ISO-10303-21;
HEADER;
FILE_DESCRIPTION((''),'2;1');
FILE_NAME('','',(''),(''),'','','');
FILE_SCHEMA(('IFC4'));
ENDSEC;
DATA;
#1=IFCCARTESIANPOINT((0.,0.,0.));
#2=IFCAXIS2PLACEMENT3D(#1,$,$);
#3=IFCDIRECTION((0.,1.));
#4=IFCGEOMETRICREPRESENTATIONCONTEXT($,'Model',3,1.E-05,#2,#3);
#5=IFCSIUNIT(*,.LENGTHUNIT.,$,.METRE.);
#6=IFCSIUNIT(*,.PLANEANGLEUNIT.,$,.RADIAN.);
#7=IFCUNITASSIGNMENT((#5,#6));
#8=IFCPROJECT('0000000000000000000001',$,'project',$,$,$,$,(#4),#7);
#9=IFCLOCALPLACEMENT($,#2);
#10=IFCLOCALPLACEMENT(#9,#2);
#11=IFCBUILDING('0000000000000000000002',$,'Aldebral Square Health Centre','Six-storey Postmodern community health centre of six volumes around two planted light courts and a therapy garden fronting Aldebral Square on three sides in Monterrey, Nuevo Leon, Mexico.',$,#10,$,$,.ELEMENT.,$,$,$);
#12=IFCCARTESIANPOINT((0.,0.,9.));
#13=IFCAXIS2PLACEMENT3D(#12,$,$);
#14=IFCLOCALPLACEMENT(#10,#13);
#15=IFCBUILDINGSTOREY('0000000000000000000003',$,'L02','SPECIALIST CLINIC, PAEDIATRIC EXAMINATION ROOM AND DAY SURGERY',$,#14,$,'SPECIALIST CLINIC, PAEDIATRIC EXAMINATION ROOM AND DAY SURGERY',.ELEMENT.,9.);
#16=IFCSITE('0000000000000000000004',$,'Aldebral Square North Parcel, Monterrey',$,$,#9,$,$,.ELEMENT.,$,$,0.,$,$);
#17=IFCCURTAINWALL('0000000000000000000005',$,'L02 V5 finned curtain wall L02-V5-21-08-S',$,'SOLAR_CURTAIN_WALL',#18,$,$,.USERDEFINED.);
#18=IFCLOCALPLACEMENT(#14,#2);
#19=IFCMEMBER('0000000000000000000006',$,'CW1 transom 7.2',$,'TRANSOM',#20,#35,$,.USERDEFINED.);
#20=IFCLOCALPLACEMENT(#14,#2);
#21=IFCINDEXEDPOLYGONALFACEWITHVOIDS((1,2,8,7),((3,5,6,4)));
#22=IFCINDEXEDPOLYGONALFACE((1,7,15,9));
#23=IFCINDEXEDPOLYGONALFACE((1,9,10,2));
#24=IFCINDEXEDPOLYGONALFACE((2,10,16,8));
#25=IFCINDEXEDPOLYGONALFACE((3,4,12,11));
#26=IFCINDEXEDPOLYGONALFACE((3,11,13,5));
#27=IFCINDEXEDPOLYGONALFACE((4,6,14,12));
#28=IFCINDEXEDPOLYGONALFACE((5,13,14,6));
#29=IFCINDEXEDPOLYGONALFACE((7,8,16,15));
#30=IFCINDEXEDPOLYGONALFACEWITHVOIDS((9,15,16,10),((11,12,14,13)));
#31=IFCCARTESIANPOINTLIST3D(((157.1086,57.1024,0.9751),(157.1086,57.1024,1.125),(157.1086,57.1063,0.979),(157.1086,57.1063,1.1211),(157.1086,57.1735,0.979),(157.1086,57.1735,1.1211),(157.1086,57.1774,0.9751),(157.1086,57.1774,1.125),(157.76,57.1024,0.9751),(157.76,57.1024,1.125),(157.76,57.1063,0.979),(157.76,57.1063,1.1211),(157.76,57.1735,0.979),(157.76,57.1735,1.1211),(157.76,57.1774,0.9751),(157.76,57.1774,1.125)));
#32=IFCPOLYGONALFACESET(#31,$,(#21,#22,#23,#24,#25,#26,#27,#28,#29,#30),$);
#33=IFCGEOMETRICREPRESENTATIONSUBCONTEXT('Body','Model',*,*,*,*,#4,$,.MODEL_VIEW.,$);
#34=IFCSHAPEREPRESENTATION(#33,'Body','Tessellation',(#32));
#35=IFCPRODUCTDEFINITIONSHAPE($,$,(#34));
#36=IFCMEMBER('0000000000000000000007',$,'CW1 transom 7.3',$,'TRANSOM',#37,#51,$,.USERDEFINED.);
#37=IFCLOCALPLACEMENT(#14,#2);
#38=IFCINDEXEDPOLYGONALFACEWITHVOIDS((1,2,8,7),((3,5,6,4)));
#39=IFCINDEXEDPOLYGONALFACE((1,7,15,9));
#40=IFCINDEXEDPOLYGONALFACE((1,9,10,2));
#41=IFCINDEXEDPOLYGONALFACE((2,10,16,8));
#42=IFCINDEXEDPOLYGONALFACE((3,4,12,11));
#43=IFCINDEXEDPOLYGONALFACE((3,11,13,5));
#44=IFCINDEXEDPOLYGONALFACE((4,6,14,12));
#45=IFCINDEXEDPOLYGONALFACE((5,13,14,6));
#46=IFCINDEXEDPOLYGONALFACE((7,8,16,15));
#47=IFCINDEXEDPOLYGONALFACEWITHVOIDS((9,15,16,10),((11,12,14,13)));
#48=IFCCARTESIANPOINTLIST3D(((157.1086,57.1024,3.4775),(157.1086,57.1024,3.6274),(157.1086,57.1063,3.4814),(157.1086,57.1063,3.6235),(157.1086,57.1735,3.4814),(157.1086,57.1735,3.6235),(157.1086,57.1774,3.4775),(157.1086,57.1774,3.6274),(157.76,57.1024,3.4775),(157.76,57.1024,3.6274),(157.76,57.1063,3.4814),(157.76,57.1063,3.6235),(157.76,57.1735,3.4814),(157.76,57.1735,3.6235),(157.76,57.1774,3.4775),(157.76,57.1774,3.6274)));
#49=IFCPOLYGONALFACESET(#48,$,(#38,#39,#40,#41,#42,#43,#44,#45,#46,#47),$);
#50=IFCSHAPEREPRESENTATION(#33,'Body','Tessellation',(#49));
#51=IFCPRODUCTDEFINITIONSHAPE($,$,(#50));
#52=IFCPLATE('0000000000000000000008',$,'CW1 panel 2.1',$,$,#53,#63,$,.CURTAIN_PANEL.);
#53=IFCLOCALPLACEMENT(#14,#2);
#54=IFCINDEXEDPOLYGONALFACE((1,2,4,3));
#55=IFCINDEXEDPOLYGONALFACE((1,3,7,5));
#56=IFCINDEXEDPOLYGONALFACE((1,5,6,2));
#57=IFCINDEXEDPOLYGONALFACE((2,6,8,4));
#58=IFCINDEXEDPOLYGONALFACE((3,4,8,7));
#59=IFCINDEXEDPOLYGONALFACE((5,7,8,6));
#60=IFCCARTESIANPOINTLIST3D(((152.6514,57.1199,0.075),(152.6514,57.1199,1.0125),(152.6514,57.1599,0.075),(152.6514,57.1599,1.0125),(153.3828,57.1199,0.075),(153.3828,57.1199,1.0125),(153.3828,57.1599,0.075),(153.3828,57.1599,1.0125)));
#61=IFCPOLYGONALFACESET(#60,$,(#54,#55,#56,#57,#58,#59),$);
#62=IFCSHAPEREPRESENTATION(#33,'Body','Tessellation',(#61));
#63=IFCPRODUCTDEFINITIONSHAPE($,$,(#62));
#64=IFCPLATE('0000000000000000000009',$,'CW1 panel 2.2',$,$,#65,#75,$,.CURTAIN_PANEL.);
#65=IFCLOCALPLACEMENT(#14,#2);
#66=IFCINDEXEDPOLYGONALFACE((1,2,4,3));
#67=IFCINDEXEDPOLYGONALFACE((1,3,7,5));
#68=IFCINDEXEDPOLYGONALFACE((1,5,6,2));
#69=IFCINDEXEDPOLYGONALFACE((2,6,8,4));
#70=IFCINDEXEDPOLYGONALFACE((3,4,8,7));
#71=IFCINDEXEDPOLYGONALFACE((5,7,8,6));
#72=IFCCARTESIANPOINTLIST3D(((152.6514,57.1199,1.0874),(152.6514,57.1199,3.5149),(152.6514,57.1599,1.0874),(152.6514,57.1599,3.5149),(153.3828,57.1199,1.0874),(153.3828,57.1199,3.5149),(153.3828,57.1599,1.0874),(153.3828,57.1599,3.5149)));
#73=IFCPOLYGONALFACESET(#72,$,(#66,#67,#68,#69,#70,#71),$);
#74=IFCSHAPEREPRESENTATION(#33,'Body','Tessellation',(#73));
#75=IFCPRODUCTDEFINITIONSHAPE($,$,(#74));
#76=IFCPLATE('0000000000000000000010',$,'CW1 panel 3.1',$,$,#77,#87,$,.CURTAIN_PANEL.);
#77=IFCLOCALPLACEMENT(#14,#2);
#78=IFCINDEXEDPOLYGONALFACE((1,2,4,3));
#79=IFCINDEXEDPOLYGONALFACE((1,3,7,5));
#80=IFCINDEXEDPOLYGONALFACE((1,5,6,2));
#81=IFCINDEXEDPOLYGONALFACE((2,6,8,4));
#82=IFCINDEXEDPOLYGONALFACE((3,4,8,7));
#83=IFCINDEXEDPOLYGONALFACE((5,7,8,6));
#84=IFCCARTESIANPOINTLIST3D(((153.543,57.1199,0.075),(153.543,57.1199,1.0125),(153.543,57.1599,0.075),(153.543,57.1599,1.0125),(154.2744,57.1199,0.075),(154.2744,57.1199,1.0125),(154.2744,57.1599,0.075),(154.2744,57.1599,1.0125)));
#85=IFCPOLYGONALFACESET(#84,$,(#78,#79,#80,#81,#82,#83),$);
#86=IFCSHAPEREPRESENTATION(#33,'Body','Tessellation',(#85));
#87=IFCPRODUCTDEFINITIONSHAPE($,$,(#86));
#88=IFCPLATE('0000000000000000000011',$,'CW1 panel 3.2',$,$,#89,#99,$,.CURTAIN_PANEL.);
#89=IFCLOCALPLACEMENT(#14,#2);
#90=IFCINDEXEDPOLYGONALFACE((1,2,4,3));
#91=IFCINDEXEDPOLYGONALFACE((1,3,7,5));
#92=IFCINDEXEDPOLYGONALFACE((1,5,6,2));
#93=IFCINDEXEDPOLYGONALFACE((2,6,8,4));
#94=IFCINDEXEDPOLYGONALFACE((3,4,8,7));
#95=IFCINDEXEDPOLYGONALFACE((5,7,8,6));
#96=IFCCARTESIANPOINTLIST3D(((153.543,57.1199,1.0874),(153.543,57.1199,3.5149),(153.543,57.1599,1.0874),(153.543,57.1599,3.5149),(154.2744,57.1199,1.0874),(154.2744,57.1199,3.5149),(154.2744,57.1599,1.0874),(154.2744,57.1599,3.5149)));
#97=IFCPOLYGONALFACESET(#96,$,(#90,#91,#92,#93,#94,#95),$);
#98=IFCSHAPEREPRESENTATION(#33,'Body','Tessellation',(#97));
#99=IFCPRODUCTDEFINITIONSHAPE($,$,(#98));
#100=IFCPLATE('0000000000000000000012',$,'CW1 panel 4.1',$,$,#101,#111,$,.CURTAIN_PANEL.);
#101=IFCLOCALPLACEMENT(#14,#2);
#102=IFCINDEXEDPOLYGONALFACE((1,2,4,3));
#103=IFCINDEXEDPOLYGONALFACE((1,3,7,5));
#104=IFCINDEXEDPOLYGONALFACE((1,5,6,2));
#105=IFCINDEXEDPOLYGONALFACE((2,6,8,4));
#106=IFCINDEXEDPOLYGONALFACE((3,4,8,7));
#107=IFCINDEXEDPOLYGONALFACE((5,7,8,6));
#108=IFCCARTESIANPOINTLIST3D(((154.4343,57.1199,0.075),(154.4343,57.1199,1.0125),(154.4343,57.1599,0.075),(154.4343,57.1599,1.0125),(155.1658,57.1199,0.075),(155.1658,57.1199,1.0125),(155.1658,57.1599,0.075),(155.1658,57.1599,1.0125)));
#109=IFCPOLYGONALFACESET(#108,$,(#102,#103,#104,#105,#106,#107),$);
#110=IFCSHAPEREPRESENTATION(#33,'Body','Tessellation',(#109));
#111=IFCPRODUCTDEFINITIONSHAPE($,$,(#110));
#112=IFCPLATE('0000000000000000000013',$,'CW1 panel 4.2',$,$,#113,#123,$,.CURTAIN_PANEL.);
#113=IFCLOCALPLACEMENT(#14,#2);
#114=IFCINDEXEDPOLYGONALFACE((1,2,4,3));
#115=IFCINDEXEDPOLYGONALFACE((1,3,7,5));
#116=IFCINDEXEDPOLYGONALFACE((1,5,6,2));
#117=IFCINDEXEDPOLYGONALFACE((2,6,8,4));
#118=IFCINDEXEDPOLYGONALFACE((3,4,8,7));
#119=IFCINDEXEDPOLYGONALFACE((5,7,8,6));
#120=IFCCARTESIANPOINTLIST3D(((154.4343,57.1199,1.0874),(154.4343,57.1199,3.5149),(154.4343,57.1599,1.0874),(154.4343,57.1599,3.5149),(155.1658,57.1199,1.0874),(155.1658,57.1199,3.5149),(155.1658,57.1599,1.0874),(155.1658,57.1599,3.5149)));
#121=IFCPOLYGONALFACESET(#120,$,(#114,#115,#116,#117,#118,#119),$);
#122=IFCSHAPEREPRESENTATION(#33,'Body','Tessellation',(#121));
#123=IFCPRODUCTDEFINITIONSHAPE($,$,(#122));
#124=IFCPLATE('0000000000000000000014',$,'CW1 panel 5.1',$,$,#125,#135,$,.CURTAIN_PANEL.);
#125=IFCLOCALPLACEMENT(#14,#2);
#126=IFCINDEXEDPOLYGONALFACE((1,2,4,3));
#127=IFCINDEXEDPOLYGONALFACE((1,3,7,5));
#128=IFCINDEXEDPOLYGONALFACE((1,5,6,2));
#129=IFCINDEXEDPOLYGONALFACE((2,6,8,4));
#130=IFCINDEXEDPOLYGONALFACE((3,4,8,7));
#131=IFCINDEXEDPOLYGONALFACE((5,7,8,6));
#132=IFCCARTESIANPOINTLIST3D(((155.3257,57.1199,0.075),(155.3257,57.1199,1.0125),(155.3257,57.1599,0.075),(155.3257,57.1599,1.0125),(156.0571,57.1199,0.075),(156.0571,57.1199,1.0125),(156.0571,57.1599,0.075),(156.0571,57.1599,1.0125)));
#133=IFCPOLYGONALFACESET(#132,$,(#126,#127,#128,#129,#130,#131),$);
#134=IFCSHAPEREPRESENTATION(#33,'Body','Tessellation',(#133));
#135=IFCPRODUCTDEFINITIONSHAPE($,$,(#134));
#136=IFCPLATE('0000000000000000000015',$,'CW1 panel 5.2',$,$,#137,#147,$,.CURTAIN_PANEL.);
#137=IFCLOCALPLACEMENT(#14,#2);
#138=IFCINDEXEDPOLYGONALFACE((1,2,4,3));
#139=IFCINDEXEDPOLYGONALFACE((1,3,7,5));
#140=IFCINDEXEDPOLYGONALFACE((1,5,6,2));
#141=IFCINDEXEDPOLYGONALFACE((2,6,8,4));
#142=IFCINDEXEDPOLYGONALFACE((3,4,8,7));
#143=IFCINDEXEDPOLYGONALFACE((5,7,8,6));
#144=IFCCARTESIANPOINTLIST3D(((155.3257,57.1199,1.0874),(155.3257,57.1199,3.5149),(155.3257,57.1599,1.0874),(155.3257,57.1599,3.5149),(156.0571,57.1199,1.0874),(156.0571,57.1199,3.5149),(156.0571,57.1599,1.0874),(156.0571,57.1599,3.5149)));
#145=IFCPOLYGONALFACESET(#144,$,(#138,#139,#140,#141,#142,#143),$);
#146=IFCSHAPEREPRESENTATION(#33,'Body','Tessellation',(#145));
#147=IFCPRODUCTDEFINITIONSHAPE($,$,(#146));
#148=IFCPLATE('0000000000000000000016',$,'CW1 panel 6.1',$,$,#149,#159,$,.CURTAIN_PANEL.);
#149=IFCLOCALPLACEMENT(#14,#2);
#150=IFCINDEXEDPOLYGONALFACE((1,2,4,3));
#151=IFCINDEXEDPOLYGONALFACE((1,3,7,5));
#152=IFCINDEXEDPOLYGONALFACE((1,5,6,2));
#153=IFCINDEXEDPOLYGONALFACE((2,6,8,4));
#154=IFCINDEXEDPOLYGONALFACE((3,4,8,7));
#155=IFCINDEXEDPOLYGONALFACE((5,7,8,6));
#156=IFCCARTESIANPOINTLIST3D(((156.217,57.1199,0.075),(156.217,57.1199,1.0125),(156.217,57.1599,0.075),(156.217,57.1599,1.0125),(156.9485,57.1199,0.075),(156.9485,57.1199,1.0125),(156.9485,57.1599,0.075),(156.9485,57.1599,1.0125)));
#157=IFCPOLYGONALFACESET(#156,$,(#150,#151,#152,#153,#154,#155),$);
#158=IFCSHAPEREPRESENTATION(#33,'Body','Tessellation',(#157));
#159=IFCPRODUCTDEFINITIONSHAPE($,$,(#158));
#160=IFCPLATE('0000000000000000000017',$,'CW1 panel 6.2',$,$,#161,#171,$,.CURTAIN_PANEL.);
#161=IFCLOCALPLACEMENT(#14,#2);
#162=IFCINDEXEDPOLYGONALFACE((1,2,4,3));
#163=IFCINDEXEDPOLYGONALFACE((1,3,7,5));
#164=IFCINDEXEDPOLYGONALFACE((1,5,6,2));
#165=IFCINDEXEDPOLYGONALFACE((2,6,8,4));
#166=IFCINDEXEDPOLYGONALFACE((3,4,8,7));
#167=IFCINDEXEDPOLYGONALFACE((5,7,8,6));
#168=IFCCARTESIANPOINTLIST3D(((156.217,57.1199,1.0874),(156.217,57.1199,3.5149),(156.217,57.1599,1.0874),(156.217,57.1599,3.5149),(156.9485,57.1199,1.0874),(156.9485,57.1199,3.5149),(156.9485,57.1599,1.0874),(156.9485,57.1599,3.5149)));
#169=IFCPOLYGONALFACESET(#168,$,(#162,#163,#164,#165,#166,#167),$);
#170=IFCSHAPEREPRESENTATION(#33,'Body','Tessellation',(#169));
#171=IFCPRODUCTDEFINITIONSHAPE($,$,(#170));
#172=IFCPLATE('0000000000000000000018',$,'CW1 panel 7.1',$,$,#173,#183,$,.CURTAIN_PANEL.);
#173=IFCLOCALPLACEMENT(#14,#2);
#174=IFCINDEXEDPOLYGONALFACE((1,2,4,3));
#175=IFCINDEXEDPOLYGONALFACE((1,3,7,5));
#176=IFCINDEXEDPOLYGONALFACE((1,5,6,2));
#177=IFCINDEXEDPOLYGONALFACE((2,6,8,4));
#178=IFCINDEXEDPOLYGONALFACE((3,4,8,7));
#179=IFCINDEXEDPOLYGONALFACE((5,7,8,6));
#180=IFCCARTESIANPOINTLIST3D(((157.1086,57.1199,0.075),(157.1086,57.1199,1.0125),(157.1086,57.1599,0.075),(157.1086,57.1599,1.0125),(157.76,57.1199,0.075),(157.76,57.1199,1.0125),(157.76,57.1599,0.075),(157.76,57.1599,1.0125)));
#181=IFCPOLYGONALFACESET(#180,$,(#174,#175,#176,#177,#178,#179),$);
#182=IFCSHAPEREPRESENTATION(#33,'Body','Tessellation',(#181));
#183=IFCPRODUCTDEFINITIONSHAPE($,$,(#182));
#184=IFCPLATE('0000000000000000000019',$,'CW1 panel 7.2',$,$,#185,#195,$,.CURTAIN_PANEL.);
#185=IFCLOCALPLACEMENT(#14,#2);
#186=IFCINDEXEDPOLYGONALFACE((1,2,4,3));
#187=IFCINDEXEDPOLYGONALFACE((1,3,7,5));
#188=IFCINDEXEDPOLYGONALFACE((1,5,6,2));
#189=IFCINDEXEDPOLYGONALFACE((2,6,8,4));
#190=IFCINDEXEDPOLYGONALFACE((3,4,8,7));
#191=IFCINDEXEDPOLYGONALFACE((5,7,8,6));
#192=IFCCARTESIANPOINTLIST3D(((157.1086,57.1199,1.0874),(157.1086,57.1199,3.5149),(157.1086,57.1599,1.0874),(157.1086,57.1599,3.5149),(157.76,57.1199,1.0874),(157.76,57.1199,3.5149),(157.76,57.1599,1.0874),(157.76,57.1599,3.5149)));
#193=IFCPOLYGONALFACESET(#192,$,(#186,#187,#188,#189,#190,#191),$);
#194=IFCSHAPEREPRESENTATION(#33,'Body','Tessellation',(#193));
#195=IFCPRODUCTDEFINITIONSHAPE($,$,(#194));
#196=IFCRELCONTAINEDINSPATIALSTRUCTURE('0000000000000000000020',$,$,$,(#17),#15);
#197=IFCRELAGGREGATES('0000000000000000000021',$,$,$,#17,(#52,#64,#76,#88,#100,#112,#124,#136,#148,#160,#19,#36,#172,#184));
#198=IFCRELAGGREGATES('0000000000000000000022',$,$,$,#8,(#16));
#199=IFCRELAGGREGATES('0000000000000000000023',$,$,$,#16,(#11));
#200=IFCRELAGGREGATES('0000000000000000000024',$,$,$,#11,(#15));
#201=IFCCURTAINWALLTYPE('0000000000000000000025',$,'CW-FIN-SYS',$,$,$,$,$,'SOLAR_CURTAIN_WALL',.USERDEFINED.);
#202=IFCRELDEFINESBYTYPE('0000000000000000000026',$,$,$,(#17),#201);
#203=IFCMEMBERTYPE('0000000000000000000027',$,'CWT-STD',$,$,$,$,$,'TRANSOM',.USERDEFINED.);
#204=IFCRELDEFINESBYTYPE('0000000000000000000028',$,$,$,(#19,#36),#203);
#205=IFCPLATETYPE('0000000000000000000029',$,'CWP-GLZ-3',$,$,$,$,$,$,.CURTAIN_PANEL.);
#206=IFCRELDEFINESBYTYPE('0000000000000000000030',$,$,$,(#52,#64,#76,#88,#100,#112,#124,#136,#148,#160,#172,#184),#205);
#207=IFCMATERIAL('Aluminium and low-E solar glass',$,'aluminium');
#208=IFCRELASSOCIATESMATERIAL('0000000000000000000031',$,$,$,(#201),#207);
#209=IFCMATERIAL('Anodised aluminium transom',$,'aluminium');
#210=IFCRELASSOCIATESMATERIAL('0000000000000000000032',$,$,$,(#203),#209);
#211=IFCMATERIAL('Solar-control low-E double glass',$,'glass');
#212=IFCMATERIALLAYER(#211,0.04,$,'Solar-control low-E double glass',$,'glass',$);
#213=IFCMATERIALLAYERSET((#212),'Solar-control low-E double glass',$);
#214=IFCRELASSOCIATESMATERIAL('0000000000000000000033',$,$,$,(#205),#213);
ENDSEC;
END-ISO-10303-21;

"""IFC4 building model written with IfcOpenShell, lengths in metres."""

from ifc_helpers import new_model, si_unit, direction, frame, origin, origin_2d, place, context, subcontext, project, spatial, rectangle, hollow_rectangle, extrude, material, layer, layer_set, material_profile, profile_set, type_object, element, aggregate, save


model = new_model("IFC4")

# Units and contexts
model_context = context("Model", 3, precision=1e-05, world=origin(), true_north=direction((0.0, 1.0)))
body_context = subcontext(model_context, "Body", "Model", "MODEL_VIEW")
ifc_project = project(units=[si_unit("LENGTHUNIT", "METRE"), si_unit("PLANEANGLEUNIT", "RADIAN")], contexts=[model_context])

# Site, building, storey
site_placement = place(None, origin())
site = spatial("IfcSite", under=ifc_project, at=site_placement, Name="Aldebral Square North Parcel, Monterrey", CompositionType="ELEMENT", RefElevation=0.0)
building_placement = place(site_placement, origin())
building = spatial("IfcBuilding", under=site, at=building_placement, Name="Aldebral Square Health Centre", Description="Six-storey Postmodern community health centre of six volumes around two planted light courts and a therapy garden fronting Aldebral Square on three sides in Monterrey, Nuevo Leon, Mexico.", CompositionType="ELEMENT")
storey_placement = place(building_placement, frame((0.0, 0.0, 9.0)))
storey = spatial("IfcBuildingStorey", under=building, at=storey_placement, Name="L02", Description="SPECIALIST CLINIC, PAEDIATRIC EXAMINATION ROOM AND DAY SURGERY", LongName="SPECIALIST CLINIC, PAEDIATRIC EXAMINATION ROOM AND DAY SURGERY", CompositionType="ELEMENT", Elevation=9.0)

# Curtain wall, members, plates
ifc_material_1 = material(Name="Aluminium and low-E solar glass", Category="aluminium")
curtain_wall_type = type_object("IfcCurtainWallType", Name="CW-FIN-SYS", ElementType="SOLAR_CURTAIN_WALL", PredefinedType="USERDEFINED", material=ifc_material_1)
curtain_wall_placement = place(storey_placement, origin())
curtain_wall = element("IfcCurtainWall", 1, at=curtain_wall_placement, inside=storey, type_object=curtain_wall_type, Name="L02 V5 finned curtain wall L02-V5-21-08-S", ObjectType="SOLAR_CURTAIN_WALL", PredefinedType="USERDEFINED")
ifc_material_2 = material(Name="Anodised aluminium transom", Category="aluminium")
ifc_material_profile_1 = material_profile(ifc_material_2, hollow_rectangle(XDim=0.075, YDim=0.1499, WallThickness=0.0039, at=origin_2d()), Name="CWT 75x150x4")
ifc_profile_set_1 = profile_set([ifc_material_profile_1], Name="Anodised aluminium transom")
member_type_1 = type_object("IfcMemberType", Name="CWT-STD", ElementType="TRANSOM", PredefinedType="USERDEFINED", material=ifc_profile_set_1)
member_1_placement = place(storey_placement, frame((157.1086, 57.1399, 1.05), z_axis=(1.0, 0.0, 0.0), x_axis=(0.0, 1.0, 0.0)))
member_1 = element("IfcMember", 2, at=member_1_placement, type_object=member_type_1, Name="CW1 transom 7.2", ObjectType="TRANSOM", PredefinedType="USERDEFINED", context=body_context, shape_type="SweptSolid", body=[
    extrude(hollow_rectangle(XDim=0.075, YDim=0.1499, WallThickness=0.0039, at=origin_2d()), origin(), (0.0, 0.0, 1.0), 0.6514),
])
member_2_placement = place(storey_placement, frame((157.1086, 57.1399, 3.5525), z_axis=(1.0, 0.0, 0.0), x_axis=(0.0, 1.0, 0.0)))
member_2 = element("IfcMember", 3, at=member_2_placement, type_object=member_type_1, Name="CW1 transom 7.3", ObjectType="TRANSOM", PredefinedType="USERDEFINED", context=body_context, shape_type="SweptSolid", body=[
    extrude(hollow_rectangle(XDim=0.075, YDim=0.1499, WallThickness=0.0039, at=origin_2d()), origin(), (0.0, 0.0, 1.0), 0.6514),
])
ifc_material_3 = material(Name="Solar-control low-E double glass", Category="glass")
ifc_layer = layer(ifc_material_3, 0.04, Name="Solar-control low-E double glass", Category="glass")
ifc_layer_set = layer_set([ifc_layer], Name="Solar-control low-E double glass")
plate_type = type_object("IfcPlateType", Name="CWP-GLZ-3", PredefinedType="CURTAIN_PANEL", material=ifc_layer_set)
plate_1_placement = place(storey_placement, frame((153.0171, 57.1399, 0.075), z_axis=(0.0, 0.0, 1.0), x_axis=(1.0, 0.0, 0.0)))
plate_1 = element("IfcPlate", 4, at=plate_1_placement, type_object=plate_type, Name="CW1 panel 2.1", PredefinedType="CURTAIN_PANEL", context=body_context, shape_type="SweptSolid", body=[
    extrude(rectangle(XDim=0.7314, YDim=0.04, at=origin_2d()), origin(), (0.0, 0.0, 1.0), 0.9375),
])
plate_2_placement = place(storey_placement, frame((153.0171, 57.1399, 1.0874), z_axis=(0.0, 0.0, 1.0), x_axis=(1.0, 0.0, 0.0)))
plate_2 = element("IfcPlate", 5, at=plate_2_placement, type_object=plate_type, Name="CW1 panel 2.2", PredefinedType="CURTAIN_PANEL", context=body_context, shape_type="SweptSolid", body=[
    extrude(rectangle(XDim=0.7314, YDim=0.04, at=origin_2d()), origin(), (0.0, 0.0, 1.0), 2.4275),
])
plate_3_placement = place(storey_placement, frame((153.9087, 57.1399, 0.075), z_axis=(0.0, 0.0, 1.0), x_axis=(1.0, 0.0, 0.0)))
plate_3 = element("IfcPlate", 6, at=plate_3_placement, type_object=plate_type, Name="CW1 panel 3.1", PredefinedType="CURTAIN_PANEL", context=body_context, shape_type="SweptSolid", body=[
    extrude(rectangle(XDim=0.7314, YDim=0.04, at=origin_2d()), origin(), (0.0, 0.0, 1.0), 0.9375),
])
plate_4_placement = place(storey_placement, frame((153.9087, 57.1399, 1.0874), z_axis=(0.0, 0.0, 1.0), x_axis=(1.0, 0.0, 0.0)))
plate_4 = element("IfcPlate", 7, at=plate_4_placement, type_object=plate_type, Name="CW1 panel 3.2", PredefinedType="CURTAIN_PANEL", context=body_context, shape_type="SweptSolid", body=[
    extrude(rectangle(XDim=0.7314, YDim=0.04, at=origin_2d()), origin(), (0.0, 0.0, 1.0), 2.4275),
])
plate_5_placement = place(storey_placement, frame((154.8, 57.1399, 0.075), z_axis=(0.0, 0.0, 1.0), x_axis=(1.0, 0.0, 0.0)))
plate_5 = element("IfcPlate", 8, at=plate_5_placement, type_object=plate_type, Name="CW1 panel 4.1", PredefinedType="CURTAIN_PANEL", context=body_context, shape_type="SweptSolid", body=[
    extrude(rectangle(XDim=0.7314, YDim=0.04, at=origin_2d()), origin(), (0.0, 0.0, 1.0), 0.9375),
])
plate_6_placement = place(storey_placement, frame((154.8, 57.1399, 1.0874), z_axis=(0.0, 0.0, 1.0), x_axis=(1.0, 0.0, 0.0)))
plate_6 = element("IfcPlate", 9, at=plate_6_placement, type_object=plate_type, Name="CW1 panel 4.2", PredefinedType="CURTAIN_PANEL", context=body_context, shape_type="SweptSolid", body=[
    extrude(rectangle(XDim=0.7314, YDim=0.04, at=origin_2d()), origin(), (0.0, 0.0, 1.0), 2.4275),
])
plate_7_placement = place(storey_placement, frame((155.6914, 57.1399, 0.075), z_axis=(0.0, 0.0, 1.0), x_axis=(1.0, 0.0, 0.0)))
plate_7 = element("IfcPlate", 10, at=plate_7_placement, type_object=plate_type, Name="CW1 panel 5.1", PredefinedType="CURTAIN_PANEL", context=body_context, shape_type="SweptSolid", body=[
    extrude(rectangle(XDim=0.7314, YDim=0.04, at=origin_2d()), origin(), (0.0, 0.0, 1.0), 0.9375),
])
plate_8_placement = place(storey_placement, frame((155.6914, 57.1399, 1.0874), z_axis=(0.0, 0.0, 1.0), x_axis=(1.0, 0.0, 0.0)))
plate_8 = element("IfcPlate", 11, at=plate_8_placement, type_object=plate_type, Name="CW1 panel 5.2", PredefinedType="CURTAIN_PANEL", context=body_context, shape_type="SweptSolid", body=[
    extrude(rectangle(XDim=0.7314, YDim=0.04, at=origin_2d()), origin(), (0.0, 0.0, 1.0), 2.4275),
])
plate_9_placement = place(storey_placement, frame((156.5828, 57.1399, 0.075), z_axis=(0.0, 0.0, 1.0), x_axis=(1.0, 0.0, 0.0)))
plate_9 = element("IfcPlate", 12, at=plate_9_placement, type_object=plate_type, Name="CW1 panel 6.1", PredefinedType="CURTAIN_PANEL", context=body_context, shape_type="SweptSolid", body=[
    extrude(rectangle(XDim=0.7314, YDim=0.04, at=origin_2d()), origin(), (0.0, 0.0, 1.0), 0.9375),
])
plate_10_placement = place(storey_placement, frame((156.5828, 57.1399, 1.0874), z_axis=(0.0, 0.0, 1.0), x_axis=(1.0, 0.0, 0.0)))
plate_10 = element("IfcPlate", 13, at=plate_10_placement, type_object=plate_type, Name="CW1 panel 6.2", PredefinedType="CURTAIN_PANEL", context=body_context, shape_type="SweptSolid", body=[
    extrude(rectangle(XDim=0.7314, YDim=0.04, at=origin_2d()), origin(), (0.0, 0.0, 1.0), 2.4275),
])
plate_11_placement = place(storey_placement, frame((157.4343, 57.1399, 0.075), z_axis=(0.0, 0.0, 1.0), x_axis=(1.0, 0.0, 0.0)))
plate_11 = element("IfcPlate", 14, at=plate_11_placement, type_object=plate_type, Name="CW1 panel 7.1", PredefinedType="CURTAIN_PANEL", context=body_context, shape_type="SweptSolid", body=[
    extrude(rectangle(XDim=0.6514, YDim=0.04, at=origin_2d()), origin(), (0.0, 0.0, 1.0), 0.9375),
])
plate_12_placement = place(storey_placement, frame((157.4343, 57.1399, 1.0874), z_axis=(0.0, 0.0, 1.0), x_axis=(1.0, 0.0, 0.0)))
plate_12 = element("IfcPlate", 15, at=plate_12_placement, type_object=plate_type, Name="CW1 panel 7.2", PredefinedType="CURTAIN_PANEL", context=body_context, shape_type="SweptSolid", body=[
    extrude(rectangle(XDim=0.6514, YDim=0.04, at=origin_2d()), origin(), (0.0, 0.0, 1.0), 2.4275),
])
aggregate(curtain_wall, [plate_1, plate_2, plate_3, plate_4, plate_5, plate_6, plate_7, plate_8, plate_9, plate_10, member_1, member_2, plate_11, plate_12])

save(model, "model.ifc")
